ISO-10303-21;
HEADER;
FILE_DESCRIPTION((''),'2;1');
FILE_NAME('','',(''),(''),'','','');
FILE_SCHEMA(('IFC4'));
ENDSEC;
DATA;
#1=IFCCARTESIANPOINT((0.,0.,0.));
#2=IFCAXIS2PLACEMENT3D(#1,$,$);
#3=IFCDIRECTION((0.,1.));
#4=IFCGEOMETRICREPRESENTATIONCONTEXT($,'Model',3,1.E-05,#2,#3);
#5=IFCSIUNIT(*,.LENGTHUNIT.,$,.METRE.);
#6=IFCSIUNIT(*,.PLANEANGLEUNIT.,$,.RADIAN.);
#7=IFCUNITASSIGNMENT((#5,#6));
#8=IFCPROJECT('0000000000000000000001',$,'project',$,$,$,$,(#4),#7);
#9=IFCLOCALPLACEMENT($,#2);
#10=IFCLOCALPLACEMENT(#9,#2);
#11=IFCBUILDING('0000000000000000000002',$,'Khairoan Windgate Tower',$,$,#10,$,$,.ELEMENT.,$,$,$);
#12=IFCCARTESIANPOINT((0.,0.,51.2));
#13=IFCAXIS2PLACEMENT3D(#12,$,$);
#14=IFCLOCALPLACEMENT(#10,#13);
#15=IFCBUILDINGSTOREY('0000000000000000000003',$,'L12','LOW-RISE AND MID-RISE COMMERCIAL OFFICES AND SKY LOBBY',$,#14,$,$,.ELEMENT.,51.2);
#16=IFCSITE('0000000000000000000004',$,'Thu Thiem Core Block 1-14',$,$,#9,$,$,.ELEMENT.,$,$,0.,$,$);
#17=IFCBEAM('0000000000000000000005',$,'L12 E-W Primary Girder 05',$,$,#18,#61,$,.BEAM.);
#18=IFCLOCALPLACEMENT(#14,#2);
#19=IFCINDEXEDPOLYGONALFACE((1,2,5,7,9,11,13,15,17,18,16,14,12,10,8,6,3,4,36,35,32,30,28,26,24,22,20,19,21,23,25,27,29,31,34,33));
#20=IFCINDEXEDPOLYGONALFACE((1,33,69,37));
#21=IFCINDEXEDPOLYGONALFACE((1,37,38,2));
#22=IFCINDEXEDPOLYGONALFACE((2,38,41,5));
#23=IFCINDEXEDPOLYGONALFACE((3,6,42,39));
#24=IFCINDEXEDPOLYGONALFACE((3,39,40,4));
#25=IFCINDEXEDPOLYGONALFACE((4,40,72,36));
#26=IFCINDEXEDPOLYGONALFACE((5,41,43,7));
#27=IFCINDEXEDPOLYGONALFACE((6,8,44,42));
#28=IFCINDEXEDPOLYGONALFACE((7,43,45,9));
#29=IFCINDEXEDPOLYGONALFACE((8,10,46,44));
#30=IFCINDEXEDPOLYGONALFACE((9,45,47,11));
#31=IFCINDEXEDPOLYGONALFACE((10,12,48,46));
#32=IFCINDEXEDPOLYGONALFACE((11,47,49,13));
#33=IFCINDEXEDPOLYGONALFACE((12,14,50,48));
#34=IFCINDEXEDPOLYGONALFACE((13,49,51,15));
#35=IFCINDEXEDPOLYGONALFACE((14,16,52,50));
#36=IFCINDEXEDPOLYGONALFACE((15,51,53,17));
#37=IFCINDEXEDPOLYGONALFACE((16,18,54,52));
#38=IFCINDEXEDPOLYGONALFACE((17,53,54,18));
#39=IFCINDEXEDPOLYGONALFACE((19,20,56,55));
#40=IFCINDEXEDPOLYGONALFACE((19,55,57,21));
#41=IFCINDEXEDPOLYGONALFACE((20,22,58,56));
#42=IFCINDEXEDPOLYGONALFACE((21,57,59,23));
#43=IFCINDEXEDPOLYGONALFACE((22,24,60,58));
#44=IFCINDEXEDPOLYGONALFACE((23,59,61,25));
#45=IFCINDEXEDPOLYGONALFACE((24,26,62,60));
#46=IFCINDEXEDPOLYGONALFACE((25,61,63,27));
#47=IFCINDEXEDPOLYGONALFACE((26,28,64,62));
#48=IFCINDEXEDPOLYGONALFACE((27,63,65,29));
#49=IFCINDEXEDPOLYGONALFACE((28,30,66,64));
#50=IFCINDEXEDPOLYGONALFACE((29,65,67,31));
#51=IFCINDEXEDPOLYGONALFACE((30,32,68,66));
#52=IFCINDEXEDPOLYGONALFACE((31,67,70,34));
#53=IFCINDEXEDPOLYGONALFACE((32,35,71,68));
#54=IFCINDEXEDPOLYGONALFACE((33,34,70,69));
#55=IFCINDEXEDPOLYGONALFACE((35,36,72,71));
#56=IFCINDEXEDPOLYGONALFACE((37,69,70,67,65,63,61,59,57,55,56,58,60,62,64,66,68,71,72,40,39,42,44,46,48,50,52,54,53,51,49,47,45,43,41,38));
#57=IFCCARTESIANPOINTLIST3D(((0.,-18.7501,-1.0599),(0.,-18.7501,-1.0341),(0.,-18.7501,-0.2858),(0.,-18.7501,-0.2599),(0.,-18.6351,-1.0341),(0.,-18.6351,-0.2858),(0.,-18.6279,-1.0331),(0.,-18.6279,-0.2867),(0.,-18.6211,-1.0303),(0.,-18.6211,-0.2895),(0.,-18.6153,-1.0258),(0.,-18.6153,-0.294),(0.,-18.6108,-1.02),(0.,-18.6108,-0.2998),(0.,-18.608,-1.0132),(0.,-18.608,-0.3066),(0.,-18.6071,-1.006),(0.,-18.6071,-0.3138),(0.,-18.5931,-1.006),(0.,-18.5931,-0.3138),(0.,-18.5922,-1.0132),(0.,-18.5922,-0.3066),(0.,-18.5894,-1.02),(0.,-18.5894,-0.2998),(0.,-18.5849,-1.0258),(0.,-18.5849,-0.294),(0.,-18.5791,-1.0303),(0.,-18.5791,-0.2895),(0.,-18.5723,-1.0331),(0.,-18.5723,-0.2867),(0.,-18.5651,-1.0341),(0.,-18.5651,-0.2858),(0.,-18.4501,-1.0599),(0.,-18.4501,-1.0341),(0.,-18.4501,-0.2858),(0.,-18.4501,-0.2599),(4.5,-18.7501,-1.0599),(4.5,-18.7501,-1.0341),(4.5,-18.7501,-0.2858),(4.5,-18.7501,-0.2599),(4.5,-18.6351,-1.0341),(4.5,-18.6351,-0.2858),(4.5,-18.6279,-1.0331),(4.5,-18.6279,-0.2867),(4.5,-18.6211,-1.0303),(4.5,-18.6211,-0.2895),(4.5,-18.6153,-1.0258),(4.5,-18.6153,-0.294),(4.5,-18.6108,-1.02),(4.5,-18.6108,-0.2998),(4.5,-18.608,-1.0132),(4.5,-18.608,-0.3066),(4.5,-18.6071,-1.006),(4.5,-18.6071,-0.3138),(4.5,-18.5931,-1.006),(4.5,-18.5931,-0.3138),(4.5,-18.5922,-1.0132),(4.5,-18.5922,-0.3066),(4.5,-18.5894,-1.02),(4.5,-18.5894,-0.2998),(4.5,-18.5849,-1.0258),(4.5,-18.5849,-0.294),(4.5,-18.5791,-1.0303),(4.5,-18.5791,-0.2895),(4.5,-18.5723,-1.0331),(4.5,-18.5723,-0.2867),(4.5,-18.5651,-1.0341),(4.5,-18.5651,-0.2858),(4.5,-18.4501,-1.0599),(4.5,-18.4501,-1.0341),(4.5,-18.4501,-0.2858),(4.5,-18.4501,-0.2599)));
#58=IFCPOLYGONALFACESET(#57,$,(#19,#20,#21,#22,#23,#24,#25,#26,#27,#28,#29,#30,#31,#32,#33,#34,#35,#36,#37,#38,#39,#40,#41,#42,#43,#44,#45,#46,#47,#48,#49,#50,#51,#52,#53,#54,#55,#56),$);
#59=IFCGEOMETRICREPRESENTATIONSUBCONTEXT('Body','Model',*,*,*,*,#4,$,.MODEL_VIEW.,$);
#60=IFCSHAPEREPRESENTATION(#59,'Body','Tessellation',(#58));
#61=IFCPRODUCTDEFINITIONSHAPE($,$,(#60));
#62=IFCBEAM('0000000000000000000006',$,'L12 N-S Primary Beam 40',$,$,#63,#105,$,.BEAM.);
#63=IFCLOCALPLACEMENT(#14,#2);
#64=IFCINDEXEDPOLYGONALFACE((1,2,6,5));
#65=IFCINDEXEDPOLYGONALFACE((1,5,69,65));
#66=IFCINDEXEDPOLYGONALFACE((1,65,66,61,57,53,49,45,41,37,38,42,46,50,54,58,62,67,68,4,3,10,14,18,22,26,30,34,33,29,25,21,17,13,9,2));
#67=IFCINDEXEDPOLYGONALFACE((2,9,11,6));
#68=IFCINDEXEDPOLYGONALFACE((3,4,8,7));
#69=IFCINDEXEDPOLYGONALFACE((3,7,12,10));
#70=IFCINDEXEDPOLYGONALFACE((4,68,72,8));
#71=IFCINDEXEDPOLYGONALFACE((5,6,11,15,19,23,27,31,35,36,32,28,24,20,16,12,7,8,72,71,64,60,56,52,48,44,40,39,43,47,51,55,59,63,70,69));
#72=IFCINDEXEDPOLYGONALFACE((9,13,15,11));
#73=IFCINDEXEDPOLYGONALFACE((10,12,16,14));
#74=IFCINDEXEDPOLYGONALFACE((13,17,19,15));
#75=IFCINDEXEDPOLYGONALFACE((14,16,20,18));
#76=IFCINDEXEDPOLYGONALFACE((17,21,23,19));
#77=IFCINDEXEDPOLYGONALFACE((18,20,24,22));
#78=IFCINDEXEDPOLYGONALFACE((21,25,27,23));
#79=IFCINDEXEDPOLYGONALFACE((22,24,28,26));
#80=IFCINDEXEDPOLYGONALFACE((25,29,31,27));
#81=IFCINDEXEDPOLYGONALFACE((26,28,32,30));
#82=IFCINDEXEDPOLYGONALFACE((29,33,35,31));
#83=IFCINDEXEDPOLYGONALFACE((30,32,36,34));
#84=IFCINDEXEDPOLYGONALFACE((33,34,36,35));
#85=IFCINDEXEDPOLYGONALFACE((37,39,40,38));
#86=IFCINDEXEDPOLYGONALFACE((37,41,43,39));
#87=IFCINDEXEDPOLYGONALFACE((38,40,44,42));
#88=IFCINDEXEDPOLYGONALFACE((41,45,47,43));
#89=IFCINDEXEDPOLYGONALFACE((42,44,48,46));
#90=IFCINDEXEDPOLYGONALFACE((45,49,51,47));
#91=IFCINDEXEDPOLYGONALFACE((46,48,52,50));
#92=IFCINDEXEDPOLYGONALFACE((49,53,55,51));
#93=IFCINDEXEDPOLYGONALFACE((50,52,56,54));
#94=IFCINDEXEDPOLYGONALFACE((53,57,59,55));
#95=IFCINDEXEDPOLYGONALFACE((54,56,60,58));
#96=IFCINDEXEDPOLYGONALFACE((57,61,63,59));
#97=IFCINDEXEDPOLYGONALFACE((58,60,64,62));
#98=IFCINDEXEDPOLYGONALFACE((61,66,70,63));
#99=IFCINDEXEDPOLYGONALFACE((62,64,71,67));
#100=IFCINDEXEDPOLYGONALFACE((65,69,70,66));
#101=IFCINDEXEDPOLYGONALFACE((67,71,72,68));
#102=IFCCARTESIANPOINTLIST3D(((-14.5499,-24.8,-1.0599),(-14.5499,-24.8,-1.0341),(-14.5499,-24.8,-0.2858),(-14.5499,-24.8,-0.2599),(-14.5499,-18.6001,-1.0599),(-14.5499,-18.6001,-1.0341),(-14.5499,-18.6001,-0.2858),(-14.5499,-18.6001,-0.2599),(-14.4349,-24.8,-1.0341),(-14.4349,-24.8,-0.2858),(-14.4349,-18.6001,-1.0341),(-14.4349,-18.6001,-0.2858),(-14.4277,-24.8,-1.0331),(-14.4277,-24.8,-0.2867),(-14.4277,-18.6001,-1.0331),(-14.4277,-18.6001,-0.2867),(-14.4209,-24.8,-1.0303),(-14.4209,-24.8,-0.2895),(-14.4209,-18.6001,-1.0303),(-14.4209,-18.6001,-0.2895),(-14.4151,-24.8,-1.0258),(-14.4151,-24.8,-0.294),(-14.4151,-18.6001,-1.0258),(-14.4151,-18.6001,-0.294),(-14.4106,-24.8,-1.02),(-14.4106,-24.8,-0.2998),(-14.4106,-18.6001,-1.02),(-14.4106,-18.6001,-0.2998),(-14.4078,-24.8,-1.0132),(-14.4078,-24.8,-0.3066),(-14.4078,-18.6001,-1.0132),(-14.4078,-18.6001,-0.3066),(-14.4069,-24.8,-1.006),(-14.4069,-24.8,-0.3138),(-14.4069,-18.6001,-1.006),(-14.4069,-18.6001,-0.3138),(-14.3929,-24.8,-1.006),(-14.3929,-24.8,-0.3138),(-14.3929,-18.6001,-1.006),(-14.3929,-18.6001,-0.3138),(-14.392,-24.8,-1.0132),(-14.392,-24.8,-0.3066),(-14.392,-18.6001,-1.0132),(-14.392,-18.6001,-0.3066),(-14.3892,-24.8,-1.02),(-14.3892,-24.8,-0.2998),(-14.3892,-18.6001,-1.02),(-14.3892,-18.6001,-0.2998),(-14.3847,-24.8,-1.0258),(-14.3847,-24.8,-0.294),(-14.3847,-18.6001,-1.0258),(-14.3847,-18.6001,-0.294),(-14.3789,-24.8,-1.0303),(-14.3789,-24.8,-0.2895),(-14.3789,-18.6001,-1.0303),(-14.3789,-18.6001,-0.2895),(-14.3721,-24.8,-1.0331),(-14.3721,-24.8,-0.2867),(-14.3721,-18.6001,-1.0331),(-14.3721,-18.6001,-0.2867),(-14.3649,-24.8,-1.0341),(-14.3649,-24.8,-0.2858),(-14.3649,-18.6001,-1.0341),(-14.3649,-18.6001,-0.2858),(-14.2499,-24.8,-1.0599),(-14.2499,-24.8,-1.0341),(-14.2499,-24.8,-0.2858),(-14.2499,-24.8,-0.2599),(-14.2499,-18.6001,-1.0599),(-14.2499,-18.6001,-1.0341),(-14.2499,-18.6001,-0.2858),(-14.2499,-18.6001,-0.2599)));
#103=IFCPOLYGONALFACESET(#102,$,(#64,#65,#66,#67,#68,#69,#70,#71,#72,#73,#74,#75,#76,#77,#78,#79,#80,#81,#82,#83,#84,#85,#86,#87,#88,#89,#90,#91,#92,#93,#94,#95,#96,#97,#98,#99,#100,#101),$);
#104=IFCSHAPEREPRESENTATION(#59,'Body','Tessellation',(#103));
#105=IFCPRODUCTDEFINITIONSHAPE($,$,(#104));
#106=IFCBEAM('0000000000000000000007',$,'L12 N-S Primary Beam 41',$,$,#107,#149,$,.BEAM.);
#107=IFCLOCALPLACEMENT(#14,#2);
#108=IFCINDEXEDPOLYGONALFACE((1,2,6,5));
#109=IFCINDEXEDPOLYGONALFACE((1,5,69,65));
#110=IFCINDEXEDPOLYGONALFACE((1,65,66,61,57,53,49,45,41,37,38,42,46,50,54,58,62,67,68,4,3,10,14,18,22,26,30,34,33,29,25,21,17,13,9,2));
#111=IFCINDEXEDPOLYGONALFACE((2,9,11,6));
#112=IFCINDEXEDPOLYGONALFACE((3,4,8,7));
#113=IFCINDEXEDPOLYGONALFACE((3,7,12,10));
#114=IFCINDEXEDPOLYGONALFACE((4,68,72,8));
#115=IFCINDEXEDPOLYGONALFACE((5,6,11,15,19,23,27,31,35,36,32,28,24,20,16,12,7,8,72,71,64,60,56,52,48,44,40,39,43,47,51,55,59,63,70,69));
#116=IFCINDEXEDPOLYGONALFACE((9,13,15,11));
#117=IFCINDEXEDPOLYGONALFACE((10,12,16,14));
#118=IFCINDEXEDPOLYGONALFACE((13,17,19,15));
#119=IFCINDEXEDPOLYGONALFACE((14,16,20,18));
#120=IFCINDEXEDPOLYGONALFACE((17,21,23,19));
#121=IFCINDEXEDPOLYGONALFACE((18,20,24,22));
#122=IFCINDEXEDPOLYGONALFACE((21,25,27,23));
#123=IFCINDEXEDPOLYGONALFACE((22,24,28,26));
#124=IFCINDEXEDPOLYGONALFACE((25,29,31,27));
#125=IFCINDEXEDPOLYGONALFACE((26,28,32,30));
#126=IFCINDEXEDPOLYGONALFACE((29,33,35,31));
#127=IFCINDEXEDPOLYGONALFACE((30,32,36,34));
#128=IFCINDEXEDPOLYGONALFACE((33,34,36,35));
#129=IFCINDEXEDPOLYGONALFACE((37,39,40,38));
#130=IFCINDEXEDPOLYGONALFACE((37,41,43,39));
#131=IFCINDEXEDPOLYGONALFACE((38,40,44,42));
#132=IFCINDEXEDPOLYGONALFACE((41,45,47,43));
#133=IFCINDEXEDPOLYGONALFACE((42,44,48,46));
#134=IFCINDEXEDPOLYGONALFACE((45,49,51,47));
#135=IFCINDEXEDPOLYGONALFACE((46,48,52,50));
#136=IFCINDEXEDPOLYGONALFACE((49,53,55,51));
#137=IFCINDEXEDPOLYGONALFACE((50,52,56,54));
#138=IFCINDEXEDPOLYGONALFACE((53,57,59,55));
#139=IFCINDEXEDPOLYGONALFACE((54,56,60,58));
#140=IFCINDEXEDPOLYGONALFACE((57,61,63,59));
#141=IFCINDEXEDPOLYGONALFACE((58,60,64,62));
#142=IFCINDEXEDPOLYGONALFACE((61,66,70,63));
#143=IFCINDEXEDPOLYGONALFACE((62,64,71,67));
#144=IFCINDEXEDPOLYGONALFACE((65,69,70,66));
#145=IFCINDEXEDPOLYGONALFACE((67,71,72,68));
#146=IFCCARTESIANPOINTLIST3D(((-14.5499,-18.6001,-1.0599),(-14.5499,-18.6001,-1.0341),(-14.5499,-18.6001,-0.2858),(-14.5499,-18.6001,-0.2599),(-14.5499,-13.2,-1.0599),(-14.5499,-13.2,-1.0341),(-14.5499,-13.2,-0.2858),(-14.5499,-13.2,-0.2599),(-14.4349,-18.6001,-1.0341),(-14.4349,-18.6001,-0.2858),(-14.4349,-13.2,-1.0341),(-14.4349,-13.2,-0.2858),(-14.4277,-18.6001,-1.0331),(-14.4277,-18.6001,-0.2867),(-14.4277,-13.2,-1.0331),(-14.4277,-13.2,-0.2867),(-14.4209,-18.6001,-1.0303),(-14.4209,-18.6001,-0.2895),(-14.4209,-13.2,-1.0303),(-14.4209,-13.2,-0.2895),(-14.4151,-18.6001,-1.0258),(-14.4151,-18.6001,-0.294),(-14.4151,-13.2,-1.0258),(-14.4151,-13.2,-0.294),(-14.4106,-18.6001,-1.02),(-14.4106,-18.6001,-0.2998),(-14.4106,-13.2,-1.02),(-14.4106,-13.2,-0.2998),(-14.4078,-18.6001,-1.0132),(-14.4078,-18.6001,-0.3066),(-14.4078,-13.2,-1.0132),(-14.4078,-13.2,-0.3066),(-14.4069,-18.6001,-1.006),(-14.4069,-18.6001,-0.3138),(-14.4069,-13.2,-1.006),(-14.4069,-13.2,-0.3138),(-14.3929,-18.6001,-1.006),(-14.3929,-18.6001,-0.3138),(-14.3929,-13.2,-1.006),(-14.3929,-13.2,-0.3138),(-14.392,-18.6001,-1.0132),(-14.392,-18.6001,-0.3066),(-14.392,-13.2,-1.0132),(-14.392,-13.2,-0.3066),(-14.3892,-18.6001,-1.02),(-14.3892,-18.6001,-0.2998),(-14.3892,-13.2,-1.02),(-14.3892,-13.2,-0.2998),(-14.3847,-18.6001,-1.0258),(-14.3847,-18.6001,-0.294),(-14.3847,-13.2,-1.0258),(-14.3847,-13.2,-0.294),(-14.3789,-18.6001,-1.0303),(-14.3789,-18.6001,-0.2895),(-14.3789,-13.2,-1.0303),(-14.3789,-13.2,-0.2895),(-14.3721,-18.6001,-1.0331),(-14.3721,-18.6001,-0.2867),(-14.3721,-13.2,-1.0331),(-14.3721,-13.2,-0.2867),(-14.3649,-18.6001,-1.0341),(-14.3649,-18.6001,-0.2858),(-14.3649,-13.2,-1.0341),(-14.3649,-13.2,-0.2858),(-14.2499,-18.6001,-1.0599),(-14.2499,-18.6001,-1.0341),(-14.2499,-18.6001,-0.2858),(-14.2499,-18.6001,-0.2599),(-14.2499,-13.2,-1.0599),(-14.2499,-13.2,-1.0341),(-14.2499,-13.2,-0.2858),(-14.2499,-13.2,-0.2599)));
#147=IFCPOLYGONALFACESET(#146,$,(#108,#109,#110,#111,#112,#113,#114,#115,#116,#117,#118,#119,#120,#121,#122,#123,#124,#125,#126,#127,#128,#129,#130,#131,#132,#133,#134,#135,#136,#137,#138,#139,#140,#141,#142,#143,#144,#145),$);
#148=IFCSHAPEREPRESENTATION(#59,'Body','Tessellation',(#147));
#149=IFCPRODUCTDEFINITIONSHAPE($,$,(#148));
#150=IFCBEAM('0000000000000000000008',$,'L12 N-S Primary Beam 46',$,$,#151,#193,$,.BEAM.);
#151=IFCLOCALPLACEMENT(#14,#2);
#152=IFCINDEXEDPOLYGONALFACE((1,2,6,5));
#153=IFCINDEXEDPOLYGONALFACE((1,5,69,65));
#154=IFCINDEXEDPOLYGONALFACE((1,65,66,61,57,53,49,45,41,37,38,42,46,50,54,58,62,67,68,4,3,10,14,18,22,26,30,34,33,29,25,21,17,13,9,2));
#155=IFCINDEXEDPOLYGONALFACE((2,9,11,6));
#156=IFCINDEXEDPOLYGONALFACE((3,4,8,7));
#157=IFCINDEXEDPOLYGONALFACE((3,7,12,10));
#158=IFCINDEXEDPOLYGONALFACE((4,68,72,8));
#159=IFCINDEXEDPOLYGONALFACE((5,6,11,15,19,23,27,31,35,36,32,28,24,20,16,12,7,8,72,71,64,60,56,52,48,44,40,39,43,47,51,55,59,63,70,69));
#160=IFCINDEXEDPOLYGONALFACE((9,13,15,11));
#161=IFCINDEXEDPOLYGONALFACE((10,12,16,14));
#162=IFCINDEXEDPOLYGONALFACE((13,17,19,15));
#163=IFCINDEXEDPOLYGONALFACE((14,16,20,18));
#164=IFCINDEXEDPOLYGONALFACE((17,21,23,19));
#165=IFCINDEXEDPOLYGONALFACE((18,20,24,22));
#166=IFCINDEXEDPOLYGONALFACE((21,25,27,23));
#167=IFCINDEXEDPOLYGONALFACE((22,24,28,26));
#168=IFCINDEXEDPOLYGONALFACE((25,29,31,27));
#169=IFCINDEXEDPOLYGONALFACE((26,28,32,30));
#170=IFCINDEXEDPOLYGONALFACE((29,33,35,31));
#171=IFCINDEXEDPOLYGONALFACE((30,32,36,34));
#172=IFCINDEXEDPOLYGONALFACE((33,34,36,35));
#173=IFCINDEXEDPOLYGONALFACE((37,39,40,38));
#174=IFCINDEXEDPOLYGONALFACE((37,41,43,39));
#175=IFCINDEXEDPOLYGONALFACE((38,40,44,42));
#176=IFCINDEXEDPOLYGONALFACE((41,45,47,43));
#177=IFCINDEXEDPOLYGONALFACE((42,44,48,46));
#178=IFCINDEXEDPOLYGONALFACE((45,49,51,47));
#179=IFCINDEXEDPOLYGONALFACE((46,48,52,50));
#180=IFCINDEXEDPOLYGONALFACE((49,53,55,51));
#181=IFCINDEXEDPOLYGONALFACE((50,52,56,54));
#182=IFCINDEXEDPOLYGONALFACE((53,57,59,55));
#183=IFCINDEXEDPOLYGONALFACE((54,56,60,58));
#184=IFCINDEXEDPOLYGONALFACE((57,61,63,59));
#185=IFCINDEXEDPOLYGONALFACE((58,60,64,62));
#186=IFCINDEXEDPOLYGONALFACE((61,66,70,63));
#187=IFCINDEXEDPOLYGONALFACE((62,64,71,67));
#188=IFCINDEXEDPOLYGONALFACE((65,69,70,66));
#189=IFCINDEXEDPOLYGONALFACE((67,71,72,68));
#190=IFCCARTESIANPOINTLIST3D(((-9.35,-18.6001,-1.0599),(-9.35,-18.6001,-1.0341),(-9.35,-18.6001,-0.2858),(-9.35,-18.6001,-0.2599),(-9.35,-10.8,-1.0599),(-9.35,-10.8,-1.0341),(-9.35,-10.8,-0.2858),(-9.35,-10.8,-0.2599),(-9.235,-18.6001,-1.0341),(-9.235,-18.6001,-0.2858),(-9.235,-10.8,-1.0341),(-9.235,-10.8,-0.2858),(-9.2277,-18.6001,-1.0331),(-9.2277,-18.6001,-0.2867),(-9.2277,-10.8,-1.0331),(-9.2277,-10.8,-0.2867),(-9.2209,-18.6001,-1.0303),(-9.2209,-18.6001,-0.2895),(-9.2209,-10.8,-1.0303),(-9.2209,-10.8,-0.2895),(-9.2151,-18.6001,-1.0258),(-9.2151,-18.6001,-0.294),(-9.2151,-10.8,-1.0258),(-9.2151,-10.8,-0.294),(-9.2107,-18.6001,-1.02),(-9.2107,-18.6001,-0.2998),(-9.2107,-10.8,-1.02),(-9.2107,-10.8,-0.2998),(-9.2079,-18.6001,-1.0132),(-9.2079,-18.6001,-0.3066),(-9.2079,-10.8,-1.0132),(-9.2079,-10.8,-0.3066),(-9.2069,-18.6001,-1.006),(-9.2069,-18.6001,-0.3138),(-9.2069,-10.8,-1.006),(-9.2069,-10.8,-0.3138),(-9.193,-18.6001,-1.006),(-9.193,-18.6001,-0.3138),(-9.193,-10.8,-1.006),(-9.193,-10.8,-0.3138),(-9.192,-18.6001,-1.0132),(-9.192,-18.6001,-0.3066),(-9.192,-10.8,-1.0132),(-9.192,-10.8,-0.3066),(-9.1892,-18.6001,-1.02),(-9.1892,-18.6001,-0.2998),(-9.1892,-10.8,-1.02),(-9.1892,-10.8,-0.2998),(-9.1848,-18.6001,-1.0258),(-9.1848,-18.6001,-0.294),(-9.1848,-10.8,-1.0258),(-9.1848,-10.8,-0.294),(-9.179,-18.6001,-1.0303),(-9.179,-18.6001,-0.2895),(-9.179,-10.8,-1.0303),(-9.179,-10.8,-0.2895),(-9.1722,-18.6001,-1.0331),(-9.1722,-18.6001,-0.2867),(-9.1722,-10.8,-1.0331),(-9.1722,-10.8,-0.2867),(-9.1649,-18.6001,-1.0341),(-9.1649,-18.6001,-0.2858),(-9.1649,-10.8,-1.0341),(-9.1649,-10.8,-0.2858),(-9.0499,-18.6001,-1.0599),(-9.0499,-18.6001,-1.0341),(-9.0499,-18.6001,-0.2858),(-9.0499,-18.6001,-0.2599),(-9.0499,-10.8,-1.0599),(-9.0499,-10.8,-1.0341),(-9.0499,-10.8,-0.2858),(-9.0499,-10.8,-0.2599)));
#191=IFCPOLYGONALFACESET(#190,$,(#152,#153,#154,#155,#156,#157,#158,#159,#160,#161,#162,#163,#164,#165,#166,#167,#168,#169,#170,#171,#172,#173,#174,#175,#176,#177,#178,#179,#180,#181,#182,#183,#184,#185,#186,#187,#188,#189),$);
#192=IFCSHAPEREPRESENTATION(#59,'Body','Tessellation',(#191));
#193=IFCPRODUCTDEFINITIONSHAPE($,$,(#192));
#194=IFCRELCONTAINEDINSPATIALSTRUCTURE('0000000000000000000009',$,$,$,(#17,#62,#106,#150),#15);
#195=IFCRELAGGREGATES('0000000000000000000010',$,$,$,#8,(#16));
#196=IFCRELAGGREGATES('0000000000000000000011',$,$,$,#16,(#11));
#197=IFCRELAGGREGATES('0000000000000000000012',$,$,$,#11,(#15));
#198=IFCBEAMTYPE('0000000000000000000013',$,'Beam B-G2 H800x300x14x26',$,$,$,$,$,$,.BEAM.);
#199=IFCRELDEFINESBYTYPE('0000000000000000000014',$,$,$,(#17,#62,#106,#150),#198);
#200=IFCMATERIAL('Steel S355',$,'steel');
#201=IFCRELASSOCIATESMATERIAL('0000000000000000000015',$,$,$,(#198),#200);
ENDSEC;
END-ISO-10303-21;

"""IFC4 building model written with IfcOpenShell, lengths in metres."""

from ifc_helpers import new_model, si_unit, direction, frame, origin, origin_2d, place, context, subcontext, project, spatial, i_section, extrude, material, material_profile, profile_set, type_object, element, save


model = new_model("IFC4")

# Units and contexts
model_context = context("Model", 3, precision=1e-05, world=origin(), true_north=direction((0.0, 1.0)))
body_context = subcontext(model_context, "Body", "Model", "MODEL_VIEW")
ifc_project = project(units=[si_unit("LENGTHUNIT", "METRE"), si_unit("PLANEANGLEUNIT", "RADIAN")], contexts=[model_context])

# Site, building, storey
site_placement = place(None, origin())
site = spatial("IfcSite", under=ifc_project, at=site_placement, Name="Thu Thiem Core Block 1-14", CompositionType="ELEMENT", RefElevation=0.0)
building_placement = place(site_placement, origin())
building = spatial("IfcBuilding", under=site, at=building_placement, Name="Khairoan Windgate Tower", CompositionType="ELEMENT")
storey_placement = place(building_placement, frame((0.0, 0.0, 51.2)))
storey = spatial("IfcBuildingStorey", under=building, at=storey_placement, Name="L12", Description="LOW-RISE AND MID-RISE COMMERCIAL OFFICES AND SKY LOBBY", CompositionType="ELEMENT", Elevation=51.2)

# Beams
ifc_material_1 = material(Name="Steel S355", Category="steel")
ifc_material_profile_1 = material_profile(ifc_material_1, i_section(OverallWidth=0.3, OverallDepth=0.8, WebThickness=0.0139, FlangeThickness=0.0259, FilletRadius=0.0281, at=origin_2d()))
ifc_profile_set_1 = profile_set([ifc_material_profile_1], Name="Steel S355")
beam_type_1 = type_object("IfcBeamType", Name="Beam B-G2 H800x300x14x26", PredefinedType="BEAM", material=ifc_profile_set_1)
for number, where, z_axis, x_axis, name in (
    (1, (0.0, -18.6001, -0.6599), (1.0, 0.0, 0.0), (0.0, 1.0, 0.0), "L12 E-W Primary Girder 05"),
):
    element("IfcBeam", number, at=place(storey_placement, frame(where, z_axis=z_axis, x_axis=x_axis)), inside=storey, type_object=beam_type_1, Name=name, PredefinedType="BEAM", context=body_context, shape_type="SweptSolid", body=[
        extrude(i_section(OverallWidth=0.3, OverallDepth=0.8, WebThickness=0.0139, FlangeThickness=0.0259, FilletRadius=0.0281, at=origin_2d()), origin(), (0.0, 0.0, 1.0), 4.5),
    ])
beam_1_placement = place(storey_placement, frame((-14.3999, -24.8, -0.6599), z_axis=(0.0, 1.0, 0.0), x_axis=(-1.0, 0.0, 0.0)))
element("IfcBeam", 2, at=beam_1_placement, inside=storey, type_object=beam_type_1, Name="L12 N-S Primary Beam 40", PredefinedType="BEAM", context=body_context, shape_type="SweptSolid", body=[
    extrude(i_section(OverallWidth=0.3, OverallDepth=0.8, WebThickness=0.0139, FlangeThickness=0.0259, FilletRadius=0.0281, at=origin_2d()), origin(), (0.0, 0.0, 1.0), 6.2),
])
beam_2_placement = place(storey_placement, frame((-14.3999, -18.6001, -0.6599), z_axis=(0.0, 1.0, 0.0), x_axis=(-1.0, 0.0, 0.0)))
element("IfcBeam", 3, at=beam_2_placement, inside=storey, type_object=beam_type_1, Name="L12 N-S Primary Beam 41", PredefinedType="BEAM", context=body_context, shape_type="SweptSolid", body=[
    extrude(i_section(OverallWidth=0.3, OverallDepth=0.8, WebThickness=0.0139, FlangeThickness=0.0259, FilletRadius=0.0281, at=origin_2d()), origin(), (0.0, 0.0, 1.0), 5.4001),
])
beam_3_placement = place(storey_placement, frame((-9.2, -18.6001, -0.6599), z_axis=(0.0, 1.0, 0.0), x_axis=(-1.0, 0.0, 0.0)))
element("IfcBeam", 4, at=beam_3_placement, inside=storey, type_object=beam_type_1, Name="L12 N-S Primary Beam 46", PredefinedType="BEAM", context=body_context, shape_type="SweptSolid", body=[
    extrude(i_section(OverallWidth=0.3, OverallDepth=0.8, WebThickness=0.0139, FlangeThickness=0.0259, FilletRadius=0.0281, at=origin_2d()), origin(), (0.0, 0.0, 1.0), 7.8),
])

save(model, "model.ifc")
